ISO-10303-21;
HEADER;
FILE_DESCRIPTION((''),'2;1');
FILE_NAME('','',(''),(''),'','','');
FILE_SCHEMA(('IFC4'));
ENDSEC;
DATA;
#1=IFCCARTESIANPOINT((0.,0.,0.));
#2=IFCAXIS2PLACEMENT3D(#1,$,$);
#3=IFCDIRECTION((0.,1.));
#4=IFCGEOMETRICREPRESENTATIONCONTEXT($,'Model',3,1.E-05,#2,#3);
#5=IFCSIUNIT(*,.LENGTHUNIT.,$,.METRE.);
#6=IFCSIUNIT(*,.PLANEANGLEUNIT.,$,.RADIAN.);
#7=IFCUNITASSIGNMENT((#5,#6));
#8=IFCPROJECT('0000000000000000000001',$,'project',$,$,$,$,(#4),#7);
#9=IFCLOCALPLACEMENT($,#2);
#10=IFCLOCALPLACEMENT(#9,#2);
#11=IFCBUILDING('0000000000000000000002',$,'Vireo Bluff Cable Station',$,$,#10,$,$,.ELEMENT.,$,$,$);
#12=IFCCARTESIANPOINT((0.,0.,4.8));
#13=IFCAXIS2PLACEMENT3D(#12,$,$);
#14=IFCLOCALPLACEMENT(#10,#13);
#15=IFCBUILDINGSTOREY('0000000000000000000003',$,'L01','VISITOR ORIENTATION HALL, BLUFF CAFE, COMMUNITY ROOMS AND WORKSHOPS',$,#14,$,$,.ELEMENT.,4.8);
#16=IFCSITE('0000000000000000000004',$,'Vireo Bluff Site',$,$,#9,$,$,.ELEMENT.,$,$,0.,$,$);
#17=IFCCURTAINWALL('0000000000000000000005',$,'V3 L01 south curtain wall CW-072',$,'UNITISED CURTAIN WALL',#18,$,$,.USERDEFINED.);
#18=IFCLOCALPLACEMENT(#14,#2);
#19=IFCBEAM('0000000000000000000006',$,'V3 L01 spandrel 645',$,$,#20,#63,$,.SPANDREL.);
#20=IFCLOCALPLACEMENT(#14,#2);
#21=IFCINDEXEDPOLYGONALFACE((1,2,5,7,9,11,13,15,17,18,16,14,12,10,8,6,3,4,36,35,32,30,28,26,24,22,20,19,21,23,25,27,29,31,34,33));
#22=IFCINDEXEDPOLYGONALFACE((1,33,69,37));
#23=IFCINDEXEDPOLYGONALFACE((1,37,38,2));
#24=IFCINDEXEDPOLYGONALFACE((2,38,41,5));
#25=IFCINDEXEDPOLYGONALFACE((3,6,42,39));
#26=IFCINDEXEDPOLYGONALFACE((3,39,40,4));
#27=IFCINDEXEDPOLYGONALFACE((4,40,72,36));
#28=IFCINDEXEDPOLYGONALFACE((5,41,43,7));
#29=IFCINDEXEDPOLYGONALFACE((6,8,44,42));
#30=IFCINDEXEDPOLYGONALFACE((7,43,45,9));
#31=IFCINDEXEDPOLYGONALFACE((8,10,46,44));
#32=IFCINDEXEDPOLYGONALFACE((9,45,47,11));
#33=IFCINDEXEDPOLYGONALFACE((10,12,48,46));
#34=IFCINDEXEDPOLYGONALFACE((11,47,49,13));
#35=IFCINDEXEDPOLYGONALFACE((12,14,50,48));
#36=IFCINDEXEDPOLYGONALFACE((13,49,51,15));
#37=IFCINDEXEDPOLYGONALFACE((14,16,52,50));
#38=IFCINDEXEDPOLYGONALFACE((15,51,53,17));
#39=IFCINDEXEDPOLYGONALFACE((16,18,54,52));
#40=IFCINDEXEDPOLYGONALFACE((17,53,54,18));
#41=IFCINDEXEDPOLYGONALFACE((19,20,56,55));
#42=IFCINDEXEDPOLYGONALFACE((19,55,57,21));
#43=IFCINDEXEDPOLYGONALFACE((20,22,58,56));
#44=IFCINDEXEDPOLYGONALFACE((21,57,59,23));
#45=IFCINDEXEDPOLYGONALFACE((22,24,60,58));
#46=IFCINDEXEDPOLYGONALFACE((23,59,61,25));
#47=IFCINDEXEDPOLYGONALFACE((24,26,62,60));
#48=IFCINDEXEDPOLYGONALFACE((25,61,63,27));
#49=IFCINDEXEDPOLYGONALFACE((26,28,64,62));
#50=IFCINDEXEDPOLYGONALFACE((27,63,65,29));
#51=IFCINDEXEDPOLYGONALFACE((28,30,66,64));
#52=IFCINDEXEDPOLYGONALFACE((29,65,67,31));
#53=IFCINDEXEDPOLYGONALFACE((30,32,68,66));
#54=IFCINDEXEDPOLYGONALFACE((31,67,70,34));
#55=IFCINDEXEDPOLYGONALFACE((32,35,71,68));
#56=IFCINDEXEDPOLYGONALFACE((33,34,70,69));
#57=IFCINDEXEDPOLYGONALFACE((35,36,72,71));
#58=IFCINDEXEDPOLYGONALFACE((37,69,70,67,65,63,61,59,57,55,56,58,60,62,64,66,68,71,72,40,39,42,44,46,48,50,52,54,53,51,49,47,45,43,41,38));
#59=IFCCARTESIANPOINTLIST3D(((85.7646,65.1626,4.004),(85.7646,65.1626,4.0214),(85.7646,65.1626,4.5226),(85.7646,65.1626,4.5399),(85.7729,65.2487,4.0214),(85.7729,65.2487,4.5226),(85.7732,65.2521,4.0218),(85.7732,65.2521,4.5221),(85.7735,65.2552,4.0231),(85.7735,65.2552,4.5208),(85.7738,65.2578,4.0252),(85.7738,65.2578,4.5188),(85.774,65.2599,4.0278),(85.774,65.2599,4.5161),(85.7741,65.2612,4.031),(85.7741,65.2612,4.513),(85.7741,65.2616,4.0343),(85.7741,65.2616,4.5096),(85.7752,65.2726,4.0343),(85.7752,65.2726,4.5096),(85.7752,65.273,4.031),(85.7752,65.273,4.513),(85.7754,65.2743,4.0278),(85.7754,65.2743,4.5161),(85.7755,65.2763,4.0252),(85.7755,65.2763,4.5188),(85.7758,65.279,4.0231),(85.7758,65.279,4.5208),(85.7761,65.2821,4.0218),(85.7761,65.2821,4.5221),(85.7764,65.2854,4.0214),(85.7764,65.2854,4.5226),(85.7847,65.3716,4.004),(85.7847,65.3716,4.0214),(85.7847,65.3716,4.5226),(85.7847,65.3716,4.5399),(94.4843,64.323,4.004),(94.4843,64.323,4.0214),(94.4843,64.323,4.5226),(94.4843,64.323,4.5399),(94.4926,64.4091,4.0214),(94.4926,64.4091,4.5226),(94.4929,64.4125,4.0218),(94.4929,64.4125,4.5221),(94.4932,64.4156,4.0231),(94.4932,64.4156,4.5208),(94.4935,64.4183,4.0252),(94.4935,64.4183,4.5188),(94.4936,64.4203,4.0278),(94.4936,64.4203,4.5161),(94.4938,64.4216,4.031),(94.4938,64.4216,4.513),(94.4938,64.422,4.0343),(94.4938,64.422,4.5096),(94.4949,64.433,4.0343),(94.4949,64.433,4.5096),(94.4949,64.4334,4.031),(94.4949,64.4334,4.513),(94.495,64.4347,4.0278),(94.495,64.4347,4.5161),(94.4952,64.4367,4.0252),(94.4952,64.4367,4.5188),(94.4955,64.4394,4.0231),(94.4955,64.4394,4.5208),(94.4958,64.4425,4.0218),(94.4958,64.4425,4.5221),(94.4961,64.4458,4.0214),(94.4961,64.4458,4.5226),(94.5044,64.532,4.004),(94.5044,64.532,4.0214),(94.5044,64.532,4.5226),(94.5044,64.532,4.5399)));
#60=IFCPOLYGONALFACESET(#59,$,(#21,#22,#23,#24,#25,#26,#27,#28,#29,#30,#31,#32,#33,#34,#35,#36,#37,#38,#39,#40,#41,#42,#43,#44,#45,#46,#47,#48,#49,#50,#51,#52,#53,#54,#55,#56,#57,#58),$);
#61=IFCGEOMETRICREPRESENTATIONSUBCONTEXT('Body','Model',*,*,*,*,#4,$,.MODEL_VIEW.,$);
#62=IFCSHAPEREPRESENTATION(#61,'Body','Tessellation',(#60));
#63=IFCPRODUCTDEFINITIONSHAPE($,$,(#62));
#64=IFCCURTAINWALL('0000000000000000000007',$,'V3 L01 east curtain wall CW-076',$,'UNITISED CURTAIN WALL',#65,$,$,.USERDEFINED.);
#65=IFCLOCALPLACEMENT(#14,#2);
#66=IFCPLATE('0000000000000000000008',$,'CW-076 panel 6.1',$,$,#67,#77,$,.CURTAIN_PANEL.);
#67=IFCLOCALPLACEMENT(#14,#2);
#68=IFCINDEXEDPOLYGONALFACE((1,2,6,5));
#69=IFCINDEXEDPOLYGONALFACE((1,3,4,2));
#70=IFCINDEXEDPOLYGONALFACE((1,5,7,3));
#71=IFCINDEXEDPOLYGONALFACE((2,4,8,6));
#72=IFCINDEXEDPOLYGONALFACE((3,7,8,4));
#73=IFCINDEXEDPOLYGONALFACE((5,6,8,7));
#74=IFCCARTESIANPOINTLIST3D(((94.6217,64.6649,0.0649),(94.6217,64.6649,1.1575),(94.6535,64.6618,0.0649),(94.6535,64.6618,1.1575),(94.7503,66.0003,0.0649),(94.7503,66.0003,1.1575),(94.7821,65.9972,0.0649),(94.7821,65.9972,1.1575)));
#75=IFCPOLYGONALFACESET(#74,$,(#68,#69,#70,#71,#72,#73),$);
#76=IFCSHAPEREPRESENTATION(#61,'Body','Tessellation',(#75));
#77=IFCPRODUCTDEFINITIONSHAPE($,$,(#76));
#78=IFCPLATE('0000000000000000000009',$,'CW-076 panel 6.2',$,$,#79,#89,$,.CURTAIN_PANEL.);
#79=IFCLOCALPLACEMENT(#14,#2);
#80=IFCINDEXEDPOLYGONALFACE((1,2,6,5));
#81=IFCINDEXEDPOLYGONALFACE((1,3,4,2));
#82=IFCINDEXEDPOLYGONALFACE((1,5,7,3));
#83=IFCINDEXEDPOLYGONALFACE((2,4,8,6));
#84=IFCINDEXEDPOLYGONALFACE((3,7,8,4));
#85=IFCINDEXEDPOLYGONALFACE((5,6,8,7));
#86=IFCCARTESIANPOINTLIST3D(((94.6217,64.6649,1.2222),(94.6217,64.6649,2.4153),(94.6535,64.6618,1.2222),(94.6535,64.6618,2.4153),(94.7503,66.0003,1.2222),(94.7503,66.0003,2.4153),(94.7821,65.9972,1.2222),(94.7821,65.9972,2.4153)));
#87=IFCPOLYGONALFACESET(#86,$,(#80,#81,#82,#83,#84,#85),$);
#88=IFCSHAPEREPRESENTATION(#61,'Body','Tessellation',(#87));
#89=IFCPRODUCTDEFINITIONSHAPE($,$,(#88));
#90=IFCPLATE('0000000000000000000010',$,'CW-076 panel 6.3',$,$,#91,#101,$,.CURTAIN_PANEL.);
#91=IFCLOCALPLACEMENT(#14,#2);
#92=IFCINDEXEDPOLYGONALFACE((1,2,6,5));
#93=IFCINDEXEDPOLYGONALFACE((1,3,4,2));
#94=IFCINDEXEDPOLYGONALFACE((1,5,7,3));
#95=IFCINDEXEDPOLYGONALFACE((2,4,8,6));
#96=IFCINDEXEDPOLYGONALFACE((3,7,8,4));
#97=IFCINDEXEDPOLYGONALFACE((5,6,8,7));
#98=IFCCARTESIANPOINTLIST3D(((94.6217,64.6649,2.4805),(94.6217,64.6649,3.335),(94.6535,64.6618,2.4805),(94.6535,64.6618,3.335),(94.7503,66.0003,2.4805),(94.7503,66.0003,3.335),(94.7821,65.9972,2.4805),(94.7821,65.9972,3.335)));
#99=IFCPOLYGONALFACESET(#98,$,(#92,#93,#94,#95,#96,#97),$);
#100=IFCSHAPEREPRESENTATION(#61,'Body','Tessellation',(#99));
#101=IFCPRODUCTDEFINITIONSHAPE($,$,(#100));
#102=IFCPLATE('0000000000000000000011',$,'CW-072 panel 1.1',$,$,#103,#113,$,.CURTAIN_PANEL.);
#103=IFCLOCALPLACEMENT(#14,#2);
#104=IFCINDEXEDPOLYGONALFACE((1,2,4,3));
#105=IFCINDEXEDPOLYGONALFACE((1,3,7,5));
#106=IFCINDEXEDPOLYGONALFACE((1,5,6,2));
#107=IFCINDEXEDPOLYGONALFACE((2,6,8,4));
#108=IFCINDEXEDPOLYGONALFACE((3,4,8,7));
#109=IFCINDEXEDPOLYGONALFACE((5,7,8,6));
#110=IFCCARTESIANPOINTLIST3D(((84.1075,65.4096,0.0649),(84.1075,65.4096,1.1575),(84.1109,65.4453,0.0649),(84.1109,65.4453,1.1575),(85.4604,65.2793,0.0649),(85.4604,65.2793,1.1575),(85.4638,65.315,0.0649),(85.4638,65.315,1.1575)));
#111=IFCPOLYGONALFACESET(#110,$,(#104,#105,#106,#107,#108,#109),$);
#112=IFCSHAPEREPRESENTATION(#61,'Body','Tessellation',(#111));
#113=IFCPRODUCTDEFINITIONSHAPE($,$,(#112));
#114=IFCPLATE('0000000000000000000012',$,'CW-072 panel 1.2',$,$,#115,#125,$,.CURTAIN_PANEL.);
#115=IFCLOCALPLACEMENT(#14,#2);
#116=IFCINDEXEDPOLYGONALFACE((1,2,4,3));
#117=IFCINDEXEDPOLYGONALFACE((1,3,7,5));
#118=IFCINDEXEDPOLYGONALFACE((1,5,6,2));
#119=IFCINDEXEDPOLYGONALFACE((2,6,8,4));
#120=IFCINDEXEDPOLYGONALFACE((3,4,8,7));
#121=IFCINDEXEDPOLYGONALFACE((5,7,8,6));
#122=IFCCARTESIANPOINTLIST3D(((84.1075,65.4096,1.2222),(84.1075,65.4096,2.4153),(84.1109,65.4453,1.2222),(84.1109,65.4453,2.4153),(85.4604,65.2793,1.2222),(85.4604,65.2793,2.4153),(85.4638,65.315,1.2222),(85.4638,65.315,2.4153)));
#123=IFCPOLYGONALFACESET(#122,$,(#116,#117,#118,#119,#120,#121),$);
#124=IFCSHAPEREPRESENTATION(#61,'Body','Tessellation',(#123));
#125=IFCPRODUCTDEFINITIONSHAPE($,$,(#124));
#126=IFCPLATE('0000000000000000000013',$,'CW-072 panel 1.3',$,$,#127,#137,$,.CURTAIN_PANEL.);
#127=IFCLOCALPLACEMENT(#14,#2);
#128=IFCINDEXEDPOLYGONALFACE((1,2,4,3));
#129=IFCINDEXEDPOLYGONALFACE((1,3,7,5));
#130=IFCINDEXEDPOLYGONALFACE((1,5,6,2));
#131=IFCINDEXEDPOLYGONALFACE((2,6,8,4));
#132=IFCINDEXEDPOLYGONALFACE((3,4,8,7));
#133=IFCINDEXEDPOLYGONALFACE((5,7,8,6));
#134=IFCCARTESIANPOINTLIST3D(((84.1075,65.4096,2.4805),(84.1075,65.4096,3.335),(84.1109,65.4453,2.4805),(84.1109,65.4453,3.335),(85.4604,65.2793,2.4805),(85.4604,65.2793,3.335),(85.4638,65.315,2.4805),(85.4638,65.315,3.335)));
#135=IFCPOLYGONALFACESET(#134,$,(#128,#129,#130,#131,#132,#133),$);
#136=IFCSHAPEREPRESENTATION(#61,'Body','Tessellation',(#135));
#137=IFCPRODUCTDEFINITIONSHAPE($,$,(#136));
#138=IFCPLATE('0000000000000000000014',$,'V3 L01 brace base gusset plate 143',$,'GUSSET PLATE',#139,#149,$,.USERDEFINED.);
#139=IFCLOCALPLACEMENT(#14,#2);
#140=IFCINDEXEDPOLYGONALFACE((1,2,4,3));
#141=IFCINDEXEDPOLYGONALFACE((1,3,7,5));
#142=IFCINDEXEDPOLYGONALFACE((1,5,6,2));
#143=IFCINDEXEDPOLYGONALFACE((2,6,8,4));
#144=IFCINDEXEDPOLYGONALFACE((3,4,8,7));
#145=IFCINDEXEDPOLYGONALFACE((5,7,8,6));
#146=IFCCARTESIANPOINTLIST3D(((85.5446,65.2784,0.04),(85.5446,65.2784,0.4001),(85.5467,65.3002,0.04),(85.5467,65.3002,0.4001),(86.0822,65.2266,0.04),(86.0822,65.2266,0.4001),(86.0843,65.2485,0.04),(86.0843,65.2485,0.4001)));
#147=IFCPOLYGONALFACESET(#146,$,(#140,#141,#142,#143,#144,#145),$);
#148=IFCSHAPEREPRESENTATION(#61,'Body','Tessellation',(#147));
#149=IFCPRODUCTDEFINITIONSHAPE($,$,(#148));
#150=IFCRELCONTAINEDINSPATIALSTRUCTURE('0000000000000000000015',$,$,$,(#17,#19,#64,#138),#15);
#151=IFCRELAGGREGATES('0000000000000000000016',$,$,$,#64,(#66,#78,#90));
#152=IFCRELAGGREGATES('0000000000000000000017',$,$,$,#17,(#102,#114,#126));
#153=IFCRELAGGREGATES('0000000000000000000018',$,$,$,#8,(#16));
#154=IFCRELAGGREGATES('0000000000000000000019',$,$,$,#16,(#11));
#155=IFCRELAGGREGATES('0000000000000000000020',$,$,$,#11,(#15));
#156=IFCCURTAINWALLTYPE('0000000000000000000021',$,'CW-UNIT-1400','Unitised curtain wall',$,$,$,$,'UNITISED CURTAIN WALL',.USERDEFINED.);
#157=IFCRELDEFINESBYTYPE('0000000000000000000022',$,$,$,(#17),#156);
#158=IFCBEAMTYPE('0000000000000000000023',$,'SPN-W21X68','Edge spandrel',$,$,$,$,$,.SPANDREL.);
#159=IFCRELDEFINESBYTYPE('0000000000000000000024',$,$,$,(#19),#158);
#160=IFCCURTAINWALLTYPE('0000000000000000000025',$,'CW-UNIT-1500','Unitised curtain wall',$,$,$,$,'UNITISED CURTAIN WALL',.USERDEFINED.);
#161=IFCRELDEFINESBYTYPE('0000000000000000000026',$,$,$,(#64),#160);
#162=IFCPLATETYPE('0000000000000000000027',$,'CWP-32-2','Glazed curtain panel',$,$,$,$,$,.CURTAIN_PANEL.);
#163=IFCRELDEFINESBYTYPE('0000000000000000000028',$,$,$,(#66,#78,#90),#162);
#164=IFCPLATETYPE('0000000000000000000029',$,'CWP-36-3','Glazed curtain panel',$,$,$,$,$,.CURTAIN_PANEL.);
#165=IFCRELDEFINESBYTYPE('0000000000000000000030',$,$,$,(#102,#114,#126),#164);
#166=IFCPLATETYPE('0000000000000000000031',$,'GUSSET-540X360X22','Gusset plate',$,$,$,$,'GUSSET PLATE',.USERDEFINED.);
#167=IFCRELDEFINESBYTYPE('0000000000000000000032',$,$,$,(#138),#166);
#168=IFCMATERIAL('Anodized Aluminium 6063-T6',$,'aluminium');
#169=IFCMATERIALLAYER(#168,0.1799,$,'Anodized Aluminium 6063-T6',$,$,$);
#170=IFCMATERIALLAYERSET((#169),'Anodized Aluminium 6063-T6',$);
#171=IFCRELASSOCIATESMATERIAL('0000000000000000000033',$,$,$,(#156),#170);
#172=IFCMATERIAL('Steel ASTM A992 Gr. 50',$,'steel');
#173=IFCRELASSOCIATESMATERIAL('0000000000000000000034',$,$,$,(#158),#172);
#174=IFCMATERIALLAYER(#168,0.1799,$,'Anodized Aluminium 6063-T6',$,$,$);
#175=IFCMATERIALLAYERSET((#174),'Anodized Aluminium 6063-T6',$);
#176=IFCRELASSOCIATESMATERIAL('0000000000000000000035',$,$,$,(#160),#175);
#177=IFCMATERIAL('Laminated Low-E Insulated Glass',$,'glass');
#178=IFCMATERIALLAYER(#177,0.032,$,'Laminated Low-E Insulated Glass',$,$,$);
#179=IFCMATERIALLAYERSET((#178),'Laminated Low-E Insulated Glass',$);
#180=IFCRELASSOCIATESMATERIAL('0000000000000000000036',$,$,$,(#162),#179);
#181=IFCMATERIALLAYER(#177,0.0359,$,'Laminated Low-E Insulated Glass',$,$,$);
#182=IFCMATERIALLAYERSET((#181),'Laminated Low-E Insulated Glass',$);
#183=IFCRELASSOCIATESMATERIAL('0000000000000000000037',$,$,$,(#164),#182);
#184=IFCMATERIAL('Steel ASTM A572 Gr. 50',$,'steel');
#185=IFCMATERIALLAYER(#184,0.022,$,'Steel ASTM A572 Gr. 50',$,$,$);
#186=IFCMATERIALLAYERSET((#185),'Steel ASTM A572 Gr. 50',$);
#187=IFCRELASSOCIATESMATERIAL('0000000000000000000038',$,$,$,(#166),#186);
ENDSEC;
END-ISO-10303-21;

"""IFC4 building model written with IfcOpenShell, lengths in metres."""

from ifc_helpers import new_model, si_unit, direction, frame, origin, origin_2d, place, context, subcontext, project, spatial, rectangle, i_section, extrude, material, layer, layer_set, material_profile, profile_set, type_object, element, aggregate, save


model = new_model("IFC4")

# Units and contexts
model_context = context("Model", 3, precision=1e-05, world=origin(), true_north=direction((0.0, 1.0)))
body_context = subcontext(model_context, "Body", "Model", "MODEL_VIEW")
ifc_project = project(units=[si_unit("LENGTHUNIT", "METRE"), si_unit("PLANEANGLEUNIT", "RADIAN")], contexts=[model_context])

# Site, building, storey
site_placement = place(None, origin())
site = spatial("IfcSite", under=ifc_project, at=site_placement, Name="Vireo Bluff Site", CompositionType="ELEMENT", RefElevation=0.0)
building_placement = place(site_placement, origin())
building = spatial("IfcBuilding", under=site, at=building_placement, Name="Vireo Bluff Cable Station", CompositionType="ELEMENT")
storey_placement = place(building_placement, frame((0.0, 0.0, 4.8)))
storey = spatial("IfcBuildingStorey", under=building, at=storey_placement, Name="L01", Description="VISITOR ORIENTATION HALL, BLUFF CAFE, COMMUNITY ROOMS AND WORKSHOPS", CompositionType="ELEMENT", Elevation=4.8)

# Shared definitions
ifc_material_1 = material(Name="Steel ASTM A992 Gr. 50", Category="steel")

# Curtain wall
ifc_material_2 = material(Name="Anodized Aluminium 6063-T6", Category="aluminium")
ifc_layer_1 = layer(ifc_material_2, 0.1799, Name="Anodized Aluminium 6063-T6")
ifc_layer_set_1 = layer_set([ifc_layer_1], Name="Anodized Aluminium 6063-T6")
curtain_wall_type_1 = type_object("IfcCurtainWallType", Name="CW-UNIT-1400", Description="Unitised curtain wall", ElementType="UNITISED CURTAIN WALL", PredefinedType="USERDEFINED", material=ifc_layer_set_1)
curtain_wall_1_placement = place(storey_placement, origin())
curtain_wall_1 = element("IfcCurtainWall", 1, at=curtain_wall_1_placement, inside=storey, type_object=curtain_wall_type_1, Name="V3 L01 south curtain wall CW-072", ObjectType="UNITISED CURTAIN WALL", PredefinedType="USERDEFINED")

# Beam
ifc_material_profile_1 = material_profile(ifc_material_1, i_section(OverallWidth=0.21, OverallDepth=0.5359, WebThickness=0.011, FlangeThickness=0.0173, FilletRadius=0.0129, at=origin_2d()), Name="W21X68")
ifc_profile_set_1 = profile_set([ifc_material_profile_1], Name="Steel ASTM A992 Gr. 50")
beam_type_1 = type_object("IfcBeamType", Name="SPN-W21X68", Description="Edge spandrel", PredefinedType="SPANDREL", material=ifc_profile_set_1)
beam_1_placement = place(storey_placement, frame((85.7747, 65.2671, 4.272), z_axis=(0.995396, -0.095844, 0.0), x_axis=(0.095844, 0.995396, 0.0)))
element("IfcBeam", 2, at=beam_1_placement, inside=storey, type_object=beam_type_1, Name="V3 L01 spandrel 645", PredefinedType="SPANDREL", context=body_context, shape_type="SweptSolid", body=[
    extrude(i_section(OverallWidth=0.21, OverallDepth=0.5359, WebThickness=0.011, FlangeThickness=0.0173, FilletRadius=0.0129, at=origin_2d()), origin(), (0.0, 0.0, 1.0), 8.76),
])

# Curtain wall, plates
ifc_layer_2 = layer(ifc_material_2, 0.1799, Name="Anodized Aluminium 6063-T6")
ifc_layer_set_2 = layer_set([ifc_layer_2], Name="Anodized Aluminium 6063-T6")
curtain_wall_type_2 = type_object("IfcCurtainWallType", Name="CW-UNIT-1500", Description="Unitised curtain wall", ElementType="UNITISED CURTAIN WALL", PredefinedType="USERDEFINED", material=ifc_layer_set_2)
curtain_wall_2_placement = place(storey_placement, origin())
curtain_wall_2 = element("IfcCurtainWall", 3, at=curtain_wall_2_placement, inside=storey, type_object=curtain_wall_type_2, Name="V3 L01 east curtain wall CW-076", ObjectType="UNITISED CURTAIN WALL", PredefinedType="USERDEFINED")
ifc_material_3 = material(Name="Laminated Low-E Insulated Glass", Category="glass")
ifc_layer_3 = layer(ifc_material_3, 0.032, Name="Laminated Low-E Insulated Glass")
ifc_layer_set_3 = layer_set([ifc_layer_3], Name="Laminated Low-E Insulated Glass")
plate_type_1 = type_object("IfcPlateType", Name="CWP-32-2", Description="Glazed curtain panel", PredefinedType="CURTAIN_PANEL", material=ifc_layer_set_3)
plate_1_placement = place(storey_placement, frame((94.7019, 65.3311, 0.0649), z_axis=(0.0, 0.0, 1.0), x_axis=(-0.095846, -0.995396, 0.0)))
plate_1 = element("IfcPlate", 4, at=plate_1_placement, type_object=plate_type_1, Name="CW-076 panel 6.1", PredefinedType="CURTAIN_PANEL", context=body_context, shape_type="SweptSolid", body=[
    extrude(rectangle(XDim=1.3416, YDim=0.032, at=origin_2d()), origin(), (0.0, 0.0, 1.0), 1.0925),
])
plate_2_placement = place(storey_placement, frame((94.7019, 65.3311, 1.2222), z_axis=(0.0, 0.0, 1.0), x_axis=(-0.095846, -0.995396, 0.0)))
plate_2 = element("IfcPlate", 5, at=plate_2_placement, type_object=plate_type_1, Name="CW-076 panel 6.2", PredefinedType="CURTAIN_PANEL", context=body_context, shape_type="SweptSolid", body=[
    extrude(rectangle(XDim=1.3416, YDim=0.032, at=origin_2d()), origin(), (0.0, 0.0, 1.0), 1.1931),
])
plate_3_placement = place(storey_placement, frame((94.7019, 65.3311, 2.4805), z_axis=(0.0, 0.0, 1.0), x_axis=(-0.095846, -0.995396, 0.0)))
plate_3 = element("IfcPlate", 6, at=plate_3_placement, type_object=plate_type_1, Name="CW-076 panel 6.3", PredefinedType="CURTAIN_PANEL", context=body_context, shape_type="SweptSolid", body=[
    extrude(rectangle(XDim=1.3416, YDim=0.032, at=origin_2d()), origin(), (0.0, 0.0, 1.0), 0.8545),
])
aggregate(curtain_wall_2, [plate_1, plate_2, plate_3])

# Plates
ifc_layer_4 = layer(ifc_material_3, 0.0359, Name="Laminated Low-E Insulated Glass")
ifc_layer_set_4 = layer_set([ifc_layer_4], Name="Laminated Low-E Insulated Glass")
plate_type_2 = type_object("IfcPlateType", Name="CWP-36-3", Description="Glazed curtain panel", PredefinedType="CURTAIN_PANEL", material=ifc_layer_set_4)
plate_4_placement = place(storey_placement, frame((84.7856, 65.3623, 0.0649), z_axis=(0.0, 0.0, 1.0), x_axis=(-0.995396, 0.095846, 0.0)))
plate_4 = element("IfcPlate", 7, at=plate_4_placement, type_object=plate_type_2, Name="CW-072 panel 1.1", PredefinedType="CURTAIN_PANEL", context=body_context, shape_type="SweptSolid", body=[
    extrude(rectangle(XDim=1.3591, YDim=0.0359, at=origin_2d()), origin(), (0.0, 0.0, 1.0), 1.0925),
])
plate_5_placement = place(storey_placement, frame((84.7856, 65.3623, 1.2222), z_axis=(0.0, 0.0, 1.0), x_axis=(-0.995396, 0.095846, 0.0)))
plate_5 = element("IfcPlate", 8, at=plate_5_placement, type_object=plate_type_2, Name="CW-072 panel 1.2", PredefinedType="CURTAIN_PANEL", context=body_context, shape_type="SweptSolid", body=[
    extrude(rectangle(XDim=1.3591, YDim=0.0359, at=origin_2d()), origin(), (0.0, 0.0, 1.0), 1.1931),
])
plate_6_placement = place(storey_placement, frame((84.7856, 65.3623, 2.4805), z_axis=(0.0, 0.0, 1.0), x_axis=(-0.995396, 0.095846, 0.0)))
plate_6 = element("IfcPlate", 9, at=plate_6_placement, type_object=plate_type_2, Name="CW-072 panel 1.3", PredefinedType="CURTAIN_PANEL", context=body_context, shape_type="SweptSolid", body=[
    extrude(rectangle(XDim=1.3591, YDim=0.0359, at=origin_2d()), origin(), (0.0, 0.0, 1.0), 0.8545),
])
aggregate(curtain_wall_1, [plate_4, plate_5, plate_6])
ifc_material_4 = material(Name="Steel ASTM A572 Gr. 50", Category="steel")
ifc_layer_5 = layer(ifc_material_4, 0.022, Name="Steel ASTM A572 Gr. 50")
ifc_layer_set_5 = layer_set([ifc_layer_5], Name="Steel ASTM A572 Gr. 50")
plate_type_3 = type_object("IfcPlateType", Name="GUSSET-540X360X22", Description="Gusset plate", ElementType="GUSSET PLATE", PredefinedType="USERDEFINED", material=ifc_layer_set_5)
plate_7_placement = place(storey_placement, frame((85.8145, 65.2634, 0.04), z_axis=(0.0, 0.0, 1.0), x_axis=(0.995396, -0.095846, 0.0)))
element("IfcPlate", 10, at=plate_7_placement, inside=storey, type_object=plate_type_3, Name="V3 L01 brace base gusset plate 143", ObjectType="GUSSET PLATE", PredefinedType="USERDEFINED", context=body_context, shape_type="SweptSolid", body=[
    extrude(rectangle(XDim=0.54, YDim=0.022, at=origin_2d()), origin(), (0.0, 0.0, 1.0), 0.3601),
])

save(model, "model.ifc")
